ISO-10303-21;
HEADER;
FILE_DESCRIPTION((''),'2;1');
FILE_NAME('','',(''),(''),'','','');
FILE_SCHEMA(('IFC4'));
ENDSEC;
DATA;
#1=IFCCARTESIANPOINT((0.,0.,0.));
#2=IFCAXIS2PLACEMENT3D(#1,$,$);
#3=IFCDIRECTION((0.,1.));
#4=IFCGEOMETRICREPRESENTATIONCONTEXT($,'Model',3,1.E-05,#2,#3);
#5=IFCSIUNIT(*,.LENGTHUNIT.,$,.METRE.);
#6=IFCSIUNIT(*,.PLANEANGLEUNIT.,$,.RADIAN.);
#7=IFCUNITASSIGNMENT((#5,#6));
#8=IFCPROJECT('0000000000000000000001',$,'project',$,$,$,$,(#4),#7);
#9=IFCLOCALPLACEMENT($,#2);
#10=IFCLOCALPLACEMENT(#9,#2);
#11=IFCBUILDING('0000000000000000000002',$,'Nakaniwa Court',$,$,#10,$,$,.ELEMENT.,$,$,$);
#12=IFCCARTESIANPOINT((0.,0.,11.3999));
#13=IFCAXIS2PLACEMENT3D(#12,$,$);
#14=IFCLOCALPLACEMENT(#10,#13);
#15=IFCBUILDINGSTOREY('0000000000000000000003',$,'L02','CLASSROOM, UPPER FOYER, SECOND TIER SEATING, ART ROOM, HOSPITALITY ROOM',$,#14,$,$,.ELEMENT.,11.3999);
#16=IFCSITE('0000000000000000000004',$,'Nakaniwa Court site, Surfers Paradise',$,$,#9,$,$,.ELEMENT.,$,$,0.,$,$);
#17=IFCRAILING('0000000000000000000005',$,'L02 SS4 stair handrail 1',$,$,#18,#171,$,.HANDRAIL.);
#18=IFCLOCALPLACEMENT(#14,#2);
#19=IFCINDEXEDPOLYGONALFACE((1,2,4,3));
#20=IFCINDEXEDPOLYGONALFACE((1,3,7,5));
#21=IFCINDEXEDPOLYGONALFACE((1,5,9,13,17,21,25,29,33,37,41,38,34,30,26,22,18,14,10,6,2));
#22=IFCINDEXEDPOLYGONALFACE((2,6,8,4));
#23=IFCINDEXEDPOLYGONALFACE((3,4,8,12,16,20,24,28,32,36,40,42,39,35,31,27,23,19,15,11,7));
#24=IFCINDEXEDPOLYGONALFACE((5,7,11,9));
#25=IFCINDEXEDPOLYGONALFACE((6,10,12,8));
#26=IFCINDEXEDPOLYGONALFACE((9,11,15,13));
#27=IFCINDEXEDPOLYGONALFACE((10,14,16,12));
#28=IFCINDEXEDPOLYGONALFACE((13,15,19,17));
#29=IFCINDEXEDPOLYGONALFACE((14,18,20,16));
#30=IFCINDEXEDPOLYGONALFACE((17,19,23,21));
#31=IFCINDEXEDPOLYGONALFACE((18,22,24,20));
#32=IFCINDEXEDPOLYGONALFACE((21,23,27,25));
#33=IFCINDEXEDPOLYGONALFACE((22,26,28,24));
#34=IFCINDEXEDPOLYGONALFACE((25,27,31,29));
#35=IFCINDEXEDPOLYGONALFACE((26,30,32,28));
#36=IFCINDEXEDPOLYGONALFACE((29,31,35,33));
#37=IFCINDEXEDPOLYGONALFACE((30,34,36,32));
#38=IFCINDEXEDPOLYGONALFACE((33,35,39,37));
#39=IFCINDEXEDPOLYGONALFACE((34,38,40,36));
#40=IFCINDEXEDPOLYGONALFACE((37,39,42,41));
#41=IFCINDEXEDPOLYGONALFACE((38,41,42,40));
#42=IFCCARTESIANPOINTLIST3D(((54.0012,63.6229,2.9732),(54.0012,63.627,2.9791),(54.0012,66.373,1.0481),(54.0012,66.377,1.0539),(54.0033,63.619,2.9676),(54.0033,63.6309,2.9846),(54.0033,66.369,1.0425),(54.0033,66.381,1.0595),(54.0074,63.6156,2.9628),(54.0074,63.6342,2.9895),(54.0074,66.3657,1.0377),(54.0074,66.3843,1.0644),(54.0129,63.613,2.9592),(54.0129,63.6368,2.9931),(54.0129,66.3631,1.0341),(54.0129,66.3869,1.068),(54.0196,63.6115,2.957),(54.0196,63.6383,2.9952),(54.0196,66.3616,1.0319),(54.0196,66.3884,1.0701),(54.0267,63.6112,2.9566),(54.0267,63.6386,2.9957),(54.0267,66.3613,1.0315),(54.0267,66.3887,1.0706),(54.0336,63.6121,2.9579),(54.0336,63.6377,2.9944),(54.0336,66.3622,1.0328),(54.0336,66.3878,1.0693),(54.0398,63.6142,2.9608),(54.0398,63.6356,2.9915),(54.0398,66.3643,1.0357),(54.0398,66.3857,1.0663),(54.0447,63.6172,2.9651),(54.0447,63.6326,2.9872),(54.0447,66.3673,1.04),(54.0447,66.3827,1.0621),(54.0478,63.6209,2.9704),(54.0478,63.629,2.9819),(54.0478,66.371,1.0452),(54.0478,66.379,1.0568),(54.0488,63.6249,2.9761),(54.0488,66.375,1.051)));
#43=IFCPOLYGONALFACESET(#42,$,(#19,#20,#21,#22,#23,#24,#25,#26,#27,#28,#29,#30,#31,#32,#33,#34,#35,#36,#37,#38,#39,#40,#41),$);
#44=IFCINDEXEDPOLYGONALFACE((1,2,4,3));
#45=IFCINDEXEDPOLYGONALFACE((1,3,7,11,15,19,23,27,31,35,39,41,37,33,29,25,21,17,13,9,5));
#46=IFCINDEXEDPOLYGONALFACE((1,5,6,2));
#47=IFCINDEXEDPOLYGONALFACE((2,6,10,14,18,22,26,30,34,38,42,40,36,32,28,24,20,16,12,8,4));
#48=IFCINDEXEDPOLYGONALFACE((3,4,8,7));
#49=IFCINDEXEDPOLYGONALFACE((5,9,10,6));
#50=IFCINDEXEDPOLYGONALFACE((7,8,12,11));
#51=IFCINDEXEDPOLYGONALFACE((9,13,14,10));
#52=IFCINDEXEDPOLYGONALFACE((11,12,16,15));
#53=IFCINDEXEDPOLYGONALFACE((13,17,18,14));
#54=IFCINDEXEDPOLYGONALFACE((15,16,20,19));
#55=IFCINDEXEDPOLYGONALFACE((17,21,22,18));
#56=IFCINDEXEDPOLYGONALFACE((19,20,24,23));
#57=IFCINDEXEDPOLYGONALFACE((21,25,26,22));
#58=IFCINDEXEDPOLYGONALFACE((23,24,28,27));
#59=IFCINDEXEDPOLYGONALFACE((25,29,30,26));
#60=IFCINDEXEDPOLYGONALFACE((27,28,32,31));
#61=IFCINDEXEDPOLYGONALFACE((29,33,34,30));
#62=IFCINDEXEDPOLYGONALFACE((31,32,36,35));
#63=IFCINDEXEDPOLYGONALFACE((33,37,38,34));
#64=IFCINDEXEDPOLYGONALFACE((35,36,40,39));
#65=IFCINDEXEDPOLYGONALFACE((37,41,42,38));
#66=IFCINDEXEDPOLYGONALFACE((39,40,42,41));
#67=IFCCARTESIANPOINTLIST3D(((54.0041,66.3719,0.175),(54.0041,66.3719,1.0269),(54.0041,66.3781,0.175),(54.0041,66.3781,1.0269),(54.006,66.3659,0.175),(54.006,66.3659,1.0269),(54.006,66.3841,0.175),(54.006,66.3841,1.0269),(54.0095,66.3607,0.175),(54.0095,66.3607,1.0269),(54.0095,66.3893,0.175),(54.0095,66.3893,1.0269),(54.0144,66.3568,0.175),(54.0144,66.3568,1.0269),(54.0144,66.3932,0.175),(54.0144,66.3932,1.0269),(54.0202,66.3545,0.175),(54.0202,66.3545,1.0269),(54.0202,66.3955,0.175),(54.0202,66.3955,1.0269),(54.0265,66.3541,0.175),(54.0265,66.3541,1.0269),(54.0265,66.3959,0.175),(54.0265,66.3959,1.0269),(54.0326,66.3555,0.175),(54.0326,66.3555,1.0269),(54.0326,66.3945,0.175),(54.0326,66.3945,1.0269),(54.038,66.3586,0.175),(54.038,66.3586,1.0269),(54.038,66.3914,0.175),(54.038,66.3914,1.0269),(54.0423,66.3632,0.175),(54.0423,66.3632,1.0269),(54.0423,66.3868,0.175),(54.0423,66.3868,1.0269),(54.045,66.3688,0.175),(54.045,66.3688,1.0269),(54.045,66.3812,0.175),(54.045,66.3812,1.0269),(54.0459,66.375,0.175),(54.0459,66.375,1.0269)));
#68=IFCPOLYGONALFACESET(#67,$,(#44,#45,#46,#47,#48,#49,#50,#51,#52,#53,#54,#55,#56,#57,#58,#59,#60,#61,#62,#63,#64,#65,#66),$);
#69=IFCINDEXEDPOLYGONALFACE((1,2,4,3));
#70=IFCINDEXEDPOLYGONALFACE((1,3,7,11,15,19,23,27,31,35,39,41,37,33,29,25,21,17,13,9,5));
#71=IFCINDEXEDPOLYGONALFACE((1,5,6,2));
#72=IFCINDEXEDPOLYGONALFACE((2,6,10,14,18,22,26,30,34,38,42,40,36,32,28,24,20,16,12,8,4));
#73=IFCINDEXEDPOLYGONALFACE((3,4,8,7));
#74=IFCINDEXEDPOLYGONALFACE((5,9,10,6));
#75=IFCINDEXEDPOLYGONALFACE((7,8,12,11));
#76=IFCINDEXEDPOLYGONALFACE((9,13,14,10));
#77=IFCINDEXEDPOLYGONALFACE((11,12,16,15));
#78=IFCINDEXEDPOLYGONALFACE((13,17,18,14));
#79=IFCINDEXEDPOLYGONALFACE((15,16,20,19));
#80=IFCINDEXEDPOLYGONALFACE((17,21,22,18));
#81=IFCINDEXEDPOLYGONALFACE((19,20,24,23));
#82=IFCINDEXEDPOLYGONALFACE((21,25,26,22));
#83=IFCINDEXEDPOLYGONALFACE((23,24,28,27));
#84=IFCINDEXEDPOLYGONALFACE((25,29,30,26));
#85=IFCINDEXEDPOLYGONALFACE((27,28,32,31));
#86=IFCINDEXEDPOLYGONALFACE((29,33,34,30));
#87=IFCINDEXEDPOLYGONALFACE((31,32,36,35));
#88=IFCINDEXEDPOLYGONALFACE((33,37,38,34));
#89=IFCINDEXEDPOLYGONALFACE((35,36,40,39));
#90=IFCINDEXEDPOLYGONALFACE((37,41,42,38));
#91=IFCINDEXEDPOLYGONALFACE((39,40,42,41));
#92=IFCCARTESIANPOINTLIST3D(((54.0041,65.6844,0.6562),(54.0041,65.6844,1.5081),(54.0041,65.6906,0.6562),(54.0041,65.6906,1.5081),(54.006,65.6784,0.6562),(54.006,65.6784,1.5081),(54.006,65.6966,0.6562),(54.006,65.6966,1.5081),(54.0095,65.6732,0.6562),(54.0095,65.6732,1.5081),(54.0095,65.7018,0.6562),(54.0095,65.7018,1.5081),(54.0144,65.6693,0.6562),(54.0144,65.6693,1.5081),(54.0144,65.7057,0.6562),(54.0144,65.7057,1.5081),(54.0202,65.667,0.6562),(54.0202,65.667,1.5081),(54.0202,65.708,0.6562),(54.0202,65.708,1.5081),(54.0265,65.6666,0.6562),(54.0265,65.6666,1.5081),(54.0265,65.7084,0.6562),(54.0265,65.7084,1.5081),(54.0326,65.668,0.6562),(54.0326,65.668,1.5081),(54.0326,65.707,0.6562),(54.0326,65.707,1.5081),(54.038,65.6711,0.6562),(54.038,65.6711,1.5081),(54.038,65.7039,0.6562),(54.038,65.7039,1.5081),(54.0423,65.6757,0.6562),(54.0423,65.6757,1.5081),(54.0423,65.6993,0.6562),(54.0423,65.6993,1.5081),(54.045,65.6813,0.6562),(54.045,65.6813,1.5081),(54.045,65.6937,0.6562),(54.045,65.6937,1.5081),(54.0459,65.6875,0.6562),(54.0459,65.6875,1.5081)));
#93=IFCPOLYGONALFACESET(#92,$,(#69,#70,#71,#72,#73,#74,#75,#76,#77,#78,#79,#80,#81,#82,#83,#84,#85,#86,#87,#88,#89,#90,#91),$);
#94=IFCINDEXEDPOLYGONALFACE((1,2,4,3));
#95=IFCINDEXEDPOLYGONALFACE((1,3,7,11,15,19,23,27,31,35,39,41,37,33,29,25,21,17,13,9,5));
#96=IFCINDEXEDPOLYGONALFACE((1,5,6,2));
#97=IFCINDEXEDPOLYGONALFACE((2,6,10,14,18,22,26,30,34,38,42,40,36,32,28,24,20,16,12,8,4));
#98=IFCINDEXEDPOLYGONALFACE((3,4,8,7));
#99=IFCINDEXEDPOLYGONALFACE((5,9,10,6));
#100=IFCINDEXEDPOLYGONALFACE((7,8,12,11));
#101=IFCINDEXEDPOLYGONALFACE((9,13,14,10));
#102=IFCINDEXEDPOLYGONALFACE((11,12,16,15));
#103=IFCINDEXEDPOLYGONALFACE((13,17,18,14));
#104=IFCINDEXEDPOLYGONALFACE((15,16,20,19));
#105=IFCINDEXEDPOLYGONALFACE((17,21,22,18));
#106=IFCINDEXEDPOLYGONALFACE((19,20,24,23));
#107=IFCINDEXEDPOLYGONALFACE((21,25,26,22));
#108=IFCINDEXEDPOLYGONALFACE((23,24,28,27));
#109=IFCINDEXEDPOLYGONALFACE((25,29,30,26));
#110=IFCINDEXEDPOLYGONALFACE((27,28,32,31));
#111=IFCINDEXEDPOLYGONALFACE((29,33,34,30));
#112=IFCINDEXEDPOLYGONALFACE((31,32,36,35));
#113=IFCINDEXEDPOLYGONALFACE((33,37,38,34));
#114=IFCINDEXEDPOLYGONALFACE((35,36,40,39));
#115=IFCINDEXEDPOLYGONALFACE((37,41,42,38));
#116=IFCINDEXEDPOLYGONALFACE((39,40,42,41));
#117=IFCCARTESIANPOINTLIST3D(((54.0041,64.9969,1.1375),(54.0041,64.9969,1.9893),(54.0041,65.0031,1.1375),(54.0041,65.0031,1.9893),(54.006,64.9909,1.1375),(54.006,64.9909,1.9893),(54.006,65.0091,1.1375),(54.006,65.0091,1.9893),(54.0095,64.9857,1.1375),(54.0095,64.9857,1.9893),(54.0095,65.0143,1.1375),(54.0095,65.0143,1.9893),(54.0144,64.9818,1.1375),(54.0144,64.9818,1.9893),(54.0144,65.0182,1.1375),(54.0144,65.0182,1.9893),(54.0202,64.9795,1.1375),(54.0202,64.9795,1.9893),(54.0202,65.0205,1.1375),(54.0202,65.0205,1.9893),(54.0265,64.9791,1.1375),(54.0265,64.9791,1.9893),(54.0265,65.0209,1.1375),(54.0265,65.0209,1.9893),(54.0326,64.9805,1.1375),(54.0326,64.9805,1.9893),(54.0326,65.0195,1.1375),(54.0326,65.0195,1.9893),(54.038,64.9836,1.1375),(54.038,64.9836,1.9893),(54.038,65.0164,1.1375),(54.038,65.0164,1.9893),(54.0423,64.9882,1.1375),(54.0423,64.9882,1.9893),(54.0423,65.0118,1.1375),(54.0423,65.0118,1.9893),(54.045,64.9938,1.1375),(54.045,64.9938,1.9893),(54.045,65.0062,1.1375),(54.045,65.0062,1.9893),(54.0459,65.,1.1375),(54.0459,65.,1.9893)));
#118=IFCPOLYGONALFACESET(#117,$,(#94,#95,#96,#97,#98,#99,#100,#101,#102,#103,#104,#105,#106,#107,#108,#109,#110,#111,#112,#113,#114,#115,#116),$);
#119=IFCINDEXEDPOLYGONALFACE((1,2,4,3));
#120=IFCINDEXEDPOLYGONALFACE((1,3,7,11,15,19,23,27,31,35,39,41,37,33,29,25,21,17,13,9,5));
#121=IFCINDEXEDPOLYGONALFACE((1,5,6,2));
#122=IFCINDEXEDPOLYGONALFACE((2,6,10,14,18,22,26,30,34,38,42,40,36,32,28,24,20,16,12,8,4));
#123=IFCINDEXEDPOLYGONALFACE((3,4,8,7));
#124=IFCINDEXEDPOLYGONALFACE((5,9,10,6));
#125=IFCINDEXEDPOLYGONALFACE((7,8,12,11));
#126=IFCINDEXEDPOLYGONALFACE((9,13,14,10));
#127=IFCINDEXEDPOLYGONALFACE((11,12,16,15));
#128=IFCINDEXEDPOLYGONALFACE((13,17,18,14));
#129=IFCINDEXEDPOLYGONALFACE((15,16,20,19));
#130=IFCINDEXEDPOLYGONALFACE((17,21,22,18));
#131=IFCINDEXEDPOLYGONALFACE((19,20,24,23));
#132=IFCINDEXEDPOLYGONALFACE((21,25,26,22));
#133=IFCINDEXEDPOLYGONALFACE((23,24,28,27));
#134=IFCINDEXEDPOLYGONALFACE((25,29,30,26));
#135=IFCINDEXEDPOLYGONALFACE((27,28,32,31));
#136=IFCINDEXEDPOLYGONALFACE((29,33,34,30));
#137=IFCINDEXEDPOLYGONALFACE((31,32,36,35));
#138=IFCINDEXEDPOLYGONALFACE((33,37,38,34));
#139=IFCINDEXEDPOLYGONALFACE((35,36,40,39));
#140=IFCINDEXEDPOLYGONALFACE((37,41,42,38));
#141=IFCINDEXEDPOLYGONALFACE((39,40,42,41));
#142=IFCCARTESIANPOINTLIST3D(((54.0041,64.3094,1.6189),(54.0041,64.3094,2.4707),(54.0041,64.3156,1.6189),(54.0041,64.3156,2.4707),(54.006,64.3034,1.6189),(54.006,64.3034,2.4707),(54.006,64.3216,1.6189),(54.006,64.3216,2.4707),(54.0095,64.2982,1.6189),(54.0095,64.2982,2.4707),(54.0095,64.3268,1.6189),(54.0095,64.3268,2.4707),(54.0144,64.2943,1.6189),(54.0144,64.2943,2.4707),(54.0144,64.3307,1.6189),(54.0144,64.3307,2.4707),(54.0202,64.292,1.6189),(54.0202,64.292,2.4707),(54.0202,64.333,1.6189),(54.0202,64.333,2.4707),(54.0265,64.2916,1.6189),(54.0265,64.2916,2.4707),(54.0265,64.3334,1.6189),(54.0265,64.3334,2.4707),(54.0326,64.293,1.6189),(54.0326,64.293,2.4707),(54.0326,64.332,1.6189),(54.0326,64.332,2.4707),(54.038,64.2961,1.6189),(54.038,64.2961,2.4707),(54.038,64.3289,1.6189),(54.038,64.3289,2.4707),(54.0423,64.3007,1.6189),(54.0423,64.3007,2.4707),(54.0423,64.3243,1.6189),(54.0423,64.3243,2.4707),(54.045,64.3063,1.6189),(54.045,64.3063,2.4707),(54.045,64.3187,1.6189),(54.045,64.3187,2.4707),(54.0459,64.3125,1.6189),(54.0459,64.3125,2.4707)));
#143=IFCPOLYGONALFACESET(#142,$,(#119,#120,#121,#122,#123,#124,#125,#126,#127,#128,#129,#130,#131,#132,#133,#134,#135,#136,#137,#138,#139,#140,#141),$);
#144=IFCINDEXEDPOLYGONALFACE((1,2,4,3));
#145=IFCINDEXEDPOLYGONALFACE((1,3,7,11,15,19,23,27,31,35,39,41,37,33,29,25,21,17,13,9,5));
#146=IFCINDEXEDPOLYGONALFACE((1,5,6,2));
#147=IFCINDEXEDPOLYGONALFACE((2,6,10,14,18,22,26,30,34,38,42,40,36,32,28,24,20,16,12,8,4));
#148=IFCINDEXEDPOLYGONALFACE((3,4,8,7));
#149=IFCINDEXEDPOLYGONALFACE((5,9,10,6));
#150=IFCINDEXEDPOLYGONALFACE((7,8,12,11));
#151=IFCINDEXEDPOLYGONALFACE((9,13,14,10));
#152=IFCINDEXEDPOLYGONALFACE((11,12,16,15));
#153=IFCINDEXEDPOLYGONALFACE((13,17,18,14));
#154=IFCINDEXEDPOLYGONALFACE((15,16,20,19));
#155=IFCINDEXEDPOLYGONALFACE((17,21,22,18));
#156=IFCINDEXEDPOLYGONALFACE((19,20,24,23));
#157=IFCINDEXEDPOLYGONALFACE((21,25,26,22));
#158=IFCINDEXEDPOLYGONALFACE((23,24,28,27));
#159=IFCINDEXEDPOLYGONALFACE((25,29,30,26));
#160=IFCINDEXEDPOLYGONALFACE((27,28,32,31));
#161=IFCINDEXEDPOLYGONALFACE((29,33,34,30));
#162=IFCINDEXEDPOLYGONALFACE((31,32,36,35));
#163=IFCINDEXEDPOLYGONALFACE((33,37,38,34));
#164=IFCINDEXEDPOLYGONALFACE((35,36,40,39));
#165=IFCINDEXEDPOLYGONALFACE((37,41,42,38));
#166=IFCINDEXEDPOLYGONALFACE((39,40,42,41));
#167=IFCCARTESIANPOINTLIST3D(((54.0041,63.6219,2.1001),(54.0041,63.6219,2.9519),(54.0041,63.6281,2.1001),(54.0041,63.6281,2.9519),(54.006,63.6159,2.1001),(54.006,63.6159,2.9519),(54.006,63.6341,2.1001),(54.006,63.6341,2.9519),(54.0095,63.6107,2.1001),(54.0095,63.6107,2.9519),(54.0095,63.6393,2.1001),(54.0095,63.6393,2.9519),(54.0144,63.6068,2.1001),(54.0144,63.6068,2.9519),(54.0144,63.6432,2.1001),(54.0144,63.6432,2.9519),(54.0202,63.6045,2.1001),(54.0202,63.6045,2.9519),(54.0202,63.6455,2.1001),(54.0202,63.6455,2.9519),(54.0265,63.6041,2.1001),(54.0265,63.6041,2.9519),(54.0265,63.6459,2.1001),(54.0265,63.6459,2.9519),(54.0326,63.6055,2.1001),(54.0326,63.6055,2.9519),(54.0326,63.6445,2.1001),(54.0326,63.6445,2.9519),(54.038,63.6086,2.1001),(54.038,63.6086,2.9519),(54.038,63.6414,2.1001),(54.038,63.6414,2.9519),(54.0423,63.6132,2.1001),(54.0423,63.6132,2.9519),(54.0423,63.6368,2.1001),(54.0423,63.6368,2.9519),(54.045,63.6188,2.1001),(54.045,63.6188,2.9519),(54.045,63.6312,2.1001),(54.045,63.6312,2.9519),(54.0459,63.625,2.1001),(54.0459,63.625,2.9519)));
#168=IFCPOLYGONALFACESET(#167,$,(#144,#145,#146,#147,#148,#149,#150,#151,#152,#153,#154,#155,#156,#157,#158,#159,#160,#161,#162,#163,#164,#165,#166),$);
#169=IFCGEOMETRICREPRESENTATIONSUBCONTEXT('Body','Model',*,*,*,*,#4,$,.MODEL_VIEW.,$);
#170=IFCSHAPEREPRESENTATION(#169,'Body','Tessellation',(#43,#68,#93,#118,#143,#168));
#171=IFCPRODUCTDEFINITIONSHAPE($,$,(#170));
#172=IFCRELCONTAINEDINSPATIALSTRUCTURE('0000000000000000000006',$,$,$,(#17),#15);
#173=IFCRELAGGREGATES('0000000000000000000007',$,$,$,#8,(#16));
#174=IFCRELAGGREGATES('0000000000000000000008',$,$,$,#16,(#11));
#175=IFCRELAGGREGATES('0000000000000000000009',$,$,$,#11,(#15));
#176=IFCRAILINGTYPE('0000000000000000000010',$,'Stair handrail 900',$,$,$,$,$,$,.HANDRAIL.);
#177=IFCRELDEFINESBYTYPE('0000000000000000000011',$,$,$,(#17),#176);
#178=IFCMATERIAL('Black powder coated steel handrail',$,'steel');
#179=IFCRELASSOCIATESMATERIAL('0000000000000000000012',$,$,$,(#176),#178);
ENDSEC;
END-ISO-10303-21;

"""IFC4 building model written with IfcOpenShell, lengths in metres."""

from ifc_helpers import new_model, si_unit, direction, frame, origin, origin_2d, place, context, subcontext, project, spatial, circle, extrude, material, type_object, element, save


model = new_model("IFC4")

# Units and contexts
model_context = context("Model", 3, precision=1e-05, world=origin(), true_north=direction((0.0, 1.0)))
body_context = subcontext(model_context, "Body", "Model", "MODEL_VIEW")
ifc_project = project(units=[si_unit("LENGTHUNIT", "METRE"), si_unit("PLANEANGLEUNIT", "RADIAN")], contexts=[model_context])

# Site, building, storey
site_placement = place(None, origin())
site = spatial("IfcSite", under=ifc_project, at=site_placement, Name="Nakaniwa Court site, Surfers Paradise", CompositionType="ELEMENT", RefElevation=0.0)
building_placement = place(site_placement, origin())
building = spatial("IfcBuilding", under=site, at=building_placement, Name="Nakaniwa Court", CompositionType="ELEMENT")
storey_placement = place(building_placement, frame((0.0, 0.0, 11.3999)))
storey = spatial("IfcBuildingStorey", under=building, at=storey_placement, Name="L02", Description="CLASSROOM, UPPER FOYER, SECOND TIER SEATING, ART ROOM, HOSPITALITY ROOM", CompositionType="ELEMENT", Elevation=11.3999)

# Railing
ifc_material_1 = material(Name="Black powder coated steel handrail", Category="steel")
railing_type_1 = type_object("IfcRailingType", Name="Stair handrail 900", PredefinedType="HANDRAIL", material=ifc_material_1)
railing_1_placement = place(storey_placement, frame((54.0249, 66.375, 0.175)))
element("IfcRailing", 1, at=railing_1_placement, inside=storey, type_object=railing_type_1, Name="L02 SS4 stair handrail 1", PredefinedType="HANDRAIL", context=body_context, shape_type="SweptSolid", body=[
    extrude(circle(Radius=0.0239, at=origin_2d()), frame((0.0, 0.0, 0.876), z_axis=(0.0, -0.819225, 0.573472), x_axis=(1.0, 0.0, 0.0)), (0.0, 0.0, 1.0), 3.3569),
    extrude(circle(Radius=0.021, at=origin_2d()), origin(), (0.0, 0.0, 1.0), 0.8518),
    extrude(circle(Radius=0.021, at=origin_2d()), frame((0.0, -0.6875, 0.4812)), (0.0, 0.0, 1.0), 0.8518),
    extrude(circle(Radius=0.021, at=origin_2d()), frame((0.0, -1.375, 0.9624)), (0.0, 0.0, 1.0), 0.8518),
    extrude(circle(Radius=0.021, at=origin_2d()), frame((0.0, -2.0625, 1.4438)), (0.0, 0.0, 1.0), 0.8518),
    extrude(circle(Radius=0.021, at=origin_2d()), frame((0.0, -2.75, 1.925)), (0.0, 0.0, 1.0), 0.8518),
])

save(model, "model.ifc")
